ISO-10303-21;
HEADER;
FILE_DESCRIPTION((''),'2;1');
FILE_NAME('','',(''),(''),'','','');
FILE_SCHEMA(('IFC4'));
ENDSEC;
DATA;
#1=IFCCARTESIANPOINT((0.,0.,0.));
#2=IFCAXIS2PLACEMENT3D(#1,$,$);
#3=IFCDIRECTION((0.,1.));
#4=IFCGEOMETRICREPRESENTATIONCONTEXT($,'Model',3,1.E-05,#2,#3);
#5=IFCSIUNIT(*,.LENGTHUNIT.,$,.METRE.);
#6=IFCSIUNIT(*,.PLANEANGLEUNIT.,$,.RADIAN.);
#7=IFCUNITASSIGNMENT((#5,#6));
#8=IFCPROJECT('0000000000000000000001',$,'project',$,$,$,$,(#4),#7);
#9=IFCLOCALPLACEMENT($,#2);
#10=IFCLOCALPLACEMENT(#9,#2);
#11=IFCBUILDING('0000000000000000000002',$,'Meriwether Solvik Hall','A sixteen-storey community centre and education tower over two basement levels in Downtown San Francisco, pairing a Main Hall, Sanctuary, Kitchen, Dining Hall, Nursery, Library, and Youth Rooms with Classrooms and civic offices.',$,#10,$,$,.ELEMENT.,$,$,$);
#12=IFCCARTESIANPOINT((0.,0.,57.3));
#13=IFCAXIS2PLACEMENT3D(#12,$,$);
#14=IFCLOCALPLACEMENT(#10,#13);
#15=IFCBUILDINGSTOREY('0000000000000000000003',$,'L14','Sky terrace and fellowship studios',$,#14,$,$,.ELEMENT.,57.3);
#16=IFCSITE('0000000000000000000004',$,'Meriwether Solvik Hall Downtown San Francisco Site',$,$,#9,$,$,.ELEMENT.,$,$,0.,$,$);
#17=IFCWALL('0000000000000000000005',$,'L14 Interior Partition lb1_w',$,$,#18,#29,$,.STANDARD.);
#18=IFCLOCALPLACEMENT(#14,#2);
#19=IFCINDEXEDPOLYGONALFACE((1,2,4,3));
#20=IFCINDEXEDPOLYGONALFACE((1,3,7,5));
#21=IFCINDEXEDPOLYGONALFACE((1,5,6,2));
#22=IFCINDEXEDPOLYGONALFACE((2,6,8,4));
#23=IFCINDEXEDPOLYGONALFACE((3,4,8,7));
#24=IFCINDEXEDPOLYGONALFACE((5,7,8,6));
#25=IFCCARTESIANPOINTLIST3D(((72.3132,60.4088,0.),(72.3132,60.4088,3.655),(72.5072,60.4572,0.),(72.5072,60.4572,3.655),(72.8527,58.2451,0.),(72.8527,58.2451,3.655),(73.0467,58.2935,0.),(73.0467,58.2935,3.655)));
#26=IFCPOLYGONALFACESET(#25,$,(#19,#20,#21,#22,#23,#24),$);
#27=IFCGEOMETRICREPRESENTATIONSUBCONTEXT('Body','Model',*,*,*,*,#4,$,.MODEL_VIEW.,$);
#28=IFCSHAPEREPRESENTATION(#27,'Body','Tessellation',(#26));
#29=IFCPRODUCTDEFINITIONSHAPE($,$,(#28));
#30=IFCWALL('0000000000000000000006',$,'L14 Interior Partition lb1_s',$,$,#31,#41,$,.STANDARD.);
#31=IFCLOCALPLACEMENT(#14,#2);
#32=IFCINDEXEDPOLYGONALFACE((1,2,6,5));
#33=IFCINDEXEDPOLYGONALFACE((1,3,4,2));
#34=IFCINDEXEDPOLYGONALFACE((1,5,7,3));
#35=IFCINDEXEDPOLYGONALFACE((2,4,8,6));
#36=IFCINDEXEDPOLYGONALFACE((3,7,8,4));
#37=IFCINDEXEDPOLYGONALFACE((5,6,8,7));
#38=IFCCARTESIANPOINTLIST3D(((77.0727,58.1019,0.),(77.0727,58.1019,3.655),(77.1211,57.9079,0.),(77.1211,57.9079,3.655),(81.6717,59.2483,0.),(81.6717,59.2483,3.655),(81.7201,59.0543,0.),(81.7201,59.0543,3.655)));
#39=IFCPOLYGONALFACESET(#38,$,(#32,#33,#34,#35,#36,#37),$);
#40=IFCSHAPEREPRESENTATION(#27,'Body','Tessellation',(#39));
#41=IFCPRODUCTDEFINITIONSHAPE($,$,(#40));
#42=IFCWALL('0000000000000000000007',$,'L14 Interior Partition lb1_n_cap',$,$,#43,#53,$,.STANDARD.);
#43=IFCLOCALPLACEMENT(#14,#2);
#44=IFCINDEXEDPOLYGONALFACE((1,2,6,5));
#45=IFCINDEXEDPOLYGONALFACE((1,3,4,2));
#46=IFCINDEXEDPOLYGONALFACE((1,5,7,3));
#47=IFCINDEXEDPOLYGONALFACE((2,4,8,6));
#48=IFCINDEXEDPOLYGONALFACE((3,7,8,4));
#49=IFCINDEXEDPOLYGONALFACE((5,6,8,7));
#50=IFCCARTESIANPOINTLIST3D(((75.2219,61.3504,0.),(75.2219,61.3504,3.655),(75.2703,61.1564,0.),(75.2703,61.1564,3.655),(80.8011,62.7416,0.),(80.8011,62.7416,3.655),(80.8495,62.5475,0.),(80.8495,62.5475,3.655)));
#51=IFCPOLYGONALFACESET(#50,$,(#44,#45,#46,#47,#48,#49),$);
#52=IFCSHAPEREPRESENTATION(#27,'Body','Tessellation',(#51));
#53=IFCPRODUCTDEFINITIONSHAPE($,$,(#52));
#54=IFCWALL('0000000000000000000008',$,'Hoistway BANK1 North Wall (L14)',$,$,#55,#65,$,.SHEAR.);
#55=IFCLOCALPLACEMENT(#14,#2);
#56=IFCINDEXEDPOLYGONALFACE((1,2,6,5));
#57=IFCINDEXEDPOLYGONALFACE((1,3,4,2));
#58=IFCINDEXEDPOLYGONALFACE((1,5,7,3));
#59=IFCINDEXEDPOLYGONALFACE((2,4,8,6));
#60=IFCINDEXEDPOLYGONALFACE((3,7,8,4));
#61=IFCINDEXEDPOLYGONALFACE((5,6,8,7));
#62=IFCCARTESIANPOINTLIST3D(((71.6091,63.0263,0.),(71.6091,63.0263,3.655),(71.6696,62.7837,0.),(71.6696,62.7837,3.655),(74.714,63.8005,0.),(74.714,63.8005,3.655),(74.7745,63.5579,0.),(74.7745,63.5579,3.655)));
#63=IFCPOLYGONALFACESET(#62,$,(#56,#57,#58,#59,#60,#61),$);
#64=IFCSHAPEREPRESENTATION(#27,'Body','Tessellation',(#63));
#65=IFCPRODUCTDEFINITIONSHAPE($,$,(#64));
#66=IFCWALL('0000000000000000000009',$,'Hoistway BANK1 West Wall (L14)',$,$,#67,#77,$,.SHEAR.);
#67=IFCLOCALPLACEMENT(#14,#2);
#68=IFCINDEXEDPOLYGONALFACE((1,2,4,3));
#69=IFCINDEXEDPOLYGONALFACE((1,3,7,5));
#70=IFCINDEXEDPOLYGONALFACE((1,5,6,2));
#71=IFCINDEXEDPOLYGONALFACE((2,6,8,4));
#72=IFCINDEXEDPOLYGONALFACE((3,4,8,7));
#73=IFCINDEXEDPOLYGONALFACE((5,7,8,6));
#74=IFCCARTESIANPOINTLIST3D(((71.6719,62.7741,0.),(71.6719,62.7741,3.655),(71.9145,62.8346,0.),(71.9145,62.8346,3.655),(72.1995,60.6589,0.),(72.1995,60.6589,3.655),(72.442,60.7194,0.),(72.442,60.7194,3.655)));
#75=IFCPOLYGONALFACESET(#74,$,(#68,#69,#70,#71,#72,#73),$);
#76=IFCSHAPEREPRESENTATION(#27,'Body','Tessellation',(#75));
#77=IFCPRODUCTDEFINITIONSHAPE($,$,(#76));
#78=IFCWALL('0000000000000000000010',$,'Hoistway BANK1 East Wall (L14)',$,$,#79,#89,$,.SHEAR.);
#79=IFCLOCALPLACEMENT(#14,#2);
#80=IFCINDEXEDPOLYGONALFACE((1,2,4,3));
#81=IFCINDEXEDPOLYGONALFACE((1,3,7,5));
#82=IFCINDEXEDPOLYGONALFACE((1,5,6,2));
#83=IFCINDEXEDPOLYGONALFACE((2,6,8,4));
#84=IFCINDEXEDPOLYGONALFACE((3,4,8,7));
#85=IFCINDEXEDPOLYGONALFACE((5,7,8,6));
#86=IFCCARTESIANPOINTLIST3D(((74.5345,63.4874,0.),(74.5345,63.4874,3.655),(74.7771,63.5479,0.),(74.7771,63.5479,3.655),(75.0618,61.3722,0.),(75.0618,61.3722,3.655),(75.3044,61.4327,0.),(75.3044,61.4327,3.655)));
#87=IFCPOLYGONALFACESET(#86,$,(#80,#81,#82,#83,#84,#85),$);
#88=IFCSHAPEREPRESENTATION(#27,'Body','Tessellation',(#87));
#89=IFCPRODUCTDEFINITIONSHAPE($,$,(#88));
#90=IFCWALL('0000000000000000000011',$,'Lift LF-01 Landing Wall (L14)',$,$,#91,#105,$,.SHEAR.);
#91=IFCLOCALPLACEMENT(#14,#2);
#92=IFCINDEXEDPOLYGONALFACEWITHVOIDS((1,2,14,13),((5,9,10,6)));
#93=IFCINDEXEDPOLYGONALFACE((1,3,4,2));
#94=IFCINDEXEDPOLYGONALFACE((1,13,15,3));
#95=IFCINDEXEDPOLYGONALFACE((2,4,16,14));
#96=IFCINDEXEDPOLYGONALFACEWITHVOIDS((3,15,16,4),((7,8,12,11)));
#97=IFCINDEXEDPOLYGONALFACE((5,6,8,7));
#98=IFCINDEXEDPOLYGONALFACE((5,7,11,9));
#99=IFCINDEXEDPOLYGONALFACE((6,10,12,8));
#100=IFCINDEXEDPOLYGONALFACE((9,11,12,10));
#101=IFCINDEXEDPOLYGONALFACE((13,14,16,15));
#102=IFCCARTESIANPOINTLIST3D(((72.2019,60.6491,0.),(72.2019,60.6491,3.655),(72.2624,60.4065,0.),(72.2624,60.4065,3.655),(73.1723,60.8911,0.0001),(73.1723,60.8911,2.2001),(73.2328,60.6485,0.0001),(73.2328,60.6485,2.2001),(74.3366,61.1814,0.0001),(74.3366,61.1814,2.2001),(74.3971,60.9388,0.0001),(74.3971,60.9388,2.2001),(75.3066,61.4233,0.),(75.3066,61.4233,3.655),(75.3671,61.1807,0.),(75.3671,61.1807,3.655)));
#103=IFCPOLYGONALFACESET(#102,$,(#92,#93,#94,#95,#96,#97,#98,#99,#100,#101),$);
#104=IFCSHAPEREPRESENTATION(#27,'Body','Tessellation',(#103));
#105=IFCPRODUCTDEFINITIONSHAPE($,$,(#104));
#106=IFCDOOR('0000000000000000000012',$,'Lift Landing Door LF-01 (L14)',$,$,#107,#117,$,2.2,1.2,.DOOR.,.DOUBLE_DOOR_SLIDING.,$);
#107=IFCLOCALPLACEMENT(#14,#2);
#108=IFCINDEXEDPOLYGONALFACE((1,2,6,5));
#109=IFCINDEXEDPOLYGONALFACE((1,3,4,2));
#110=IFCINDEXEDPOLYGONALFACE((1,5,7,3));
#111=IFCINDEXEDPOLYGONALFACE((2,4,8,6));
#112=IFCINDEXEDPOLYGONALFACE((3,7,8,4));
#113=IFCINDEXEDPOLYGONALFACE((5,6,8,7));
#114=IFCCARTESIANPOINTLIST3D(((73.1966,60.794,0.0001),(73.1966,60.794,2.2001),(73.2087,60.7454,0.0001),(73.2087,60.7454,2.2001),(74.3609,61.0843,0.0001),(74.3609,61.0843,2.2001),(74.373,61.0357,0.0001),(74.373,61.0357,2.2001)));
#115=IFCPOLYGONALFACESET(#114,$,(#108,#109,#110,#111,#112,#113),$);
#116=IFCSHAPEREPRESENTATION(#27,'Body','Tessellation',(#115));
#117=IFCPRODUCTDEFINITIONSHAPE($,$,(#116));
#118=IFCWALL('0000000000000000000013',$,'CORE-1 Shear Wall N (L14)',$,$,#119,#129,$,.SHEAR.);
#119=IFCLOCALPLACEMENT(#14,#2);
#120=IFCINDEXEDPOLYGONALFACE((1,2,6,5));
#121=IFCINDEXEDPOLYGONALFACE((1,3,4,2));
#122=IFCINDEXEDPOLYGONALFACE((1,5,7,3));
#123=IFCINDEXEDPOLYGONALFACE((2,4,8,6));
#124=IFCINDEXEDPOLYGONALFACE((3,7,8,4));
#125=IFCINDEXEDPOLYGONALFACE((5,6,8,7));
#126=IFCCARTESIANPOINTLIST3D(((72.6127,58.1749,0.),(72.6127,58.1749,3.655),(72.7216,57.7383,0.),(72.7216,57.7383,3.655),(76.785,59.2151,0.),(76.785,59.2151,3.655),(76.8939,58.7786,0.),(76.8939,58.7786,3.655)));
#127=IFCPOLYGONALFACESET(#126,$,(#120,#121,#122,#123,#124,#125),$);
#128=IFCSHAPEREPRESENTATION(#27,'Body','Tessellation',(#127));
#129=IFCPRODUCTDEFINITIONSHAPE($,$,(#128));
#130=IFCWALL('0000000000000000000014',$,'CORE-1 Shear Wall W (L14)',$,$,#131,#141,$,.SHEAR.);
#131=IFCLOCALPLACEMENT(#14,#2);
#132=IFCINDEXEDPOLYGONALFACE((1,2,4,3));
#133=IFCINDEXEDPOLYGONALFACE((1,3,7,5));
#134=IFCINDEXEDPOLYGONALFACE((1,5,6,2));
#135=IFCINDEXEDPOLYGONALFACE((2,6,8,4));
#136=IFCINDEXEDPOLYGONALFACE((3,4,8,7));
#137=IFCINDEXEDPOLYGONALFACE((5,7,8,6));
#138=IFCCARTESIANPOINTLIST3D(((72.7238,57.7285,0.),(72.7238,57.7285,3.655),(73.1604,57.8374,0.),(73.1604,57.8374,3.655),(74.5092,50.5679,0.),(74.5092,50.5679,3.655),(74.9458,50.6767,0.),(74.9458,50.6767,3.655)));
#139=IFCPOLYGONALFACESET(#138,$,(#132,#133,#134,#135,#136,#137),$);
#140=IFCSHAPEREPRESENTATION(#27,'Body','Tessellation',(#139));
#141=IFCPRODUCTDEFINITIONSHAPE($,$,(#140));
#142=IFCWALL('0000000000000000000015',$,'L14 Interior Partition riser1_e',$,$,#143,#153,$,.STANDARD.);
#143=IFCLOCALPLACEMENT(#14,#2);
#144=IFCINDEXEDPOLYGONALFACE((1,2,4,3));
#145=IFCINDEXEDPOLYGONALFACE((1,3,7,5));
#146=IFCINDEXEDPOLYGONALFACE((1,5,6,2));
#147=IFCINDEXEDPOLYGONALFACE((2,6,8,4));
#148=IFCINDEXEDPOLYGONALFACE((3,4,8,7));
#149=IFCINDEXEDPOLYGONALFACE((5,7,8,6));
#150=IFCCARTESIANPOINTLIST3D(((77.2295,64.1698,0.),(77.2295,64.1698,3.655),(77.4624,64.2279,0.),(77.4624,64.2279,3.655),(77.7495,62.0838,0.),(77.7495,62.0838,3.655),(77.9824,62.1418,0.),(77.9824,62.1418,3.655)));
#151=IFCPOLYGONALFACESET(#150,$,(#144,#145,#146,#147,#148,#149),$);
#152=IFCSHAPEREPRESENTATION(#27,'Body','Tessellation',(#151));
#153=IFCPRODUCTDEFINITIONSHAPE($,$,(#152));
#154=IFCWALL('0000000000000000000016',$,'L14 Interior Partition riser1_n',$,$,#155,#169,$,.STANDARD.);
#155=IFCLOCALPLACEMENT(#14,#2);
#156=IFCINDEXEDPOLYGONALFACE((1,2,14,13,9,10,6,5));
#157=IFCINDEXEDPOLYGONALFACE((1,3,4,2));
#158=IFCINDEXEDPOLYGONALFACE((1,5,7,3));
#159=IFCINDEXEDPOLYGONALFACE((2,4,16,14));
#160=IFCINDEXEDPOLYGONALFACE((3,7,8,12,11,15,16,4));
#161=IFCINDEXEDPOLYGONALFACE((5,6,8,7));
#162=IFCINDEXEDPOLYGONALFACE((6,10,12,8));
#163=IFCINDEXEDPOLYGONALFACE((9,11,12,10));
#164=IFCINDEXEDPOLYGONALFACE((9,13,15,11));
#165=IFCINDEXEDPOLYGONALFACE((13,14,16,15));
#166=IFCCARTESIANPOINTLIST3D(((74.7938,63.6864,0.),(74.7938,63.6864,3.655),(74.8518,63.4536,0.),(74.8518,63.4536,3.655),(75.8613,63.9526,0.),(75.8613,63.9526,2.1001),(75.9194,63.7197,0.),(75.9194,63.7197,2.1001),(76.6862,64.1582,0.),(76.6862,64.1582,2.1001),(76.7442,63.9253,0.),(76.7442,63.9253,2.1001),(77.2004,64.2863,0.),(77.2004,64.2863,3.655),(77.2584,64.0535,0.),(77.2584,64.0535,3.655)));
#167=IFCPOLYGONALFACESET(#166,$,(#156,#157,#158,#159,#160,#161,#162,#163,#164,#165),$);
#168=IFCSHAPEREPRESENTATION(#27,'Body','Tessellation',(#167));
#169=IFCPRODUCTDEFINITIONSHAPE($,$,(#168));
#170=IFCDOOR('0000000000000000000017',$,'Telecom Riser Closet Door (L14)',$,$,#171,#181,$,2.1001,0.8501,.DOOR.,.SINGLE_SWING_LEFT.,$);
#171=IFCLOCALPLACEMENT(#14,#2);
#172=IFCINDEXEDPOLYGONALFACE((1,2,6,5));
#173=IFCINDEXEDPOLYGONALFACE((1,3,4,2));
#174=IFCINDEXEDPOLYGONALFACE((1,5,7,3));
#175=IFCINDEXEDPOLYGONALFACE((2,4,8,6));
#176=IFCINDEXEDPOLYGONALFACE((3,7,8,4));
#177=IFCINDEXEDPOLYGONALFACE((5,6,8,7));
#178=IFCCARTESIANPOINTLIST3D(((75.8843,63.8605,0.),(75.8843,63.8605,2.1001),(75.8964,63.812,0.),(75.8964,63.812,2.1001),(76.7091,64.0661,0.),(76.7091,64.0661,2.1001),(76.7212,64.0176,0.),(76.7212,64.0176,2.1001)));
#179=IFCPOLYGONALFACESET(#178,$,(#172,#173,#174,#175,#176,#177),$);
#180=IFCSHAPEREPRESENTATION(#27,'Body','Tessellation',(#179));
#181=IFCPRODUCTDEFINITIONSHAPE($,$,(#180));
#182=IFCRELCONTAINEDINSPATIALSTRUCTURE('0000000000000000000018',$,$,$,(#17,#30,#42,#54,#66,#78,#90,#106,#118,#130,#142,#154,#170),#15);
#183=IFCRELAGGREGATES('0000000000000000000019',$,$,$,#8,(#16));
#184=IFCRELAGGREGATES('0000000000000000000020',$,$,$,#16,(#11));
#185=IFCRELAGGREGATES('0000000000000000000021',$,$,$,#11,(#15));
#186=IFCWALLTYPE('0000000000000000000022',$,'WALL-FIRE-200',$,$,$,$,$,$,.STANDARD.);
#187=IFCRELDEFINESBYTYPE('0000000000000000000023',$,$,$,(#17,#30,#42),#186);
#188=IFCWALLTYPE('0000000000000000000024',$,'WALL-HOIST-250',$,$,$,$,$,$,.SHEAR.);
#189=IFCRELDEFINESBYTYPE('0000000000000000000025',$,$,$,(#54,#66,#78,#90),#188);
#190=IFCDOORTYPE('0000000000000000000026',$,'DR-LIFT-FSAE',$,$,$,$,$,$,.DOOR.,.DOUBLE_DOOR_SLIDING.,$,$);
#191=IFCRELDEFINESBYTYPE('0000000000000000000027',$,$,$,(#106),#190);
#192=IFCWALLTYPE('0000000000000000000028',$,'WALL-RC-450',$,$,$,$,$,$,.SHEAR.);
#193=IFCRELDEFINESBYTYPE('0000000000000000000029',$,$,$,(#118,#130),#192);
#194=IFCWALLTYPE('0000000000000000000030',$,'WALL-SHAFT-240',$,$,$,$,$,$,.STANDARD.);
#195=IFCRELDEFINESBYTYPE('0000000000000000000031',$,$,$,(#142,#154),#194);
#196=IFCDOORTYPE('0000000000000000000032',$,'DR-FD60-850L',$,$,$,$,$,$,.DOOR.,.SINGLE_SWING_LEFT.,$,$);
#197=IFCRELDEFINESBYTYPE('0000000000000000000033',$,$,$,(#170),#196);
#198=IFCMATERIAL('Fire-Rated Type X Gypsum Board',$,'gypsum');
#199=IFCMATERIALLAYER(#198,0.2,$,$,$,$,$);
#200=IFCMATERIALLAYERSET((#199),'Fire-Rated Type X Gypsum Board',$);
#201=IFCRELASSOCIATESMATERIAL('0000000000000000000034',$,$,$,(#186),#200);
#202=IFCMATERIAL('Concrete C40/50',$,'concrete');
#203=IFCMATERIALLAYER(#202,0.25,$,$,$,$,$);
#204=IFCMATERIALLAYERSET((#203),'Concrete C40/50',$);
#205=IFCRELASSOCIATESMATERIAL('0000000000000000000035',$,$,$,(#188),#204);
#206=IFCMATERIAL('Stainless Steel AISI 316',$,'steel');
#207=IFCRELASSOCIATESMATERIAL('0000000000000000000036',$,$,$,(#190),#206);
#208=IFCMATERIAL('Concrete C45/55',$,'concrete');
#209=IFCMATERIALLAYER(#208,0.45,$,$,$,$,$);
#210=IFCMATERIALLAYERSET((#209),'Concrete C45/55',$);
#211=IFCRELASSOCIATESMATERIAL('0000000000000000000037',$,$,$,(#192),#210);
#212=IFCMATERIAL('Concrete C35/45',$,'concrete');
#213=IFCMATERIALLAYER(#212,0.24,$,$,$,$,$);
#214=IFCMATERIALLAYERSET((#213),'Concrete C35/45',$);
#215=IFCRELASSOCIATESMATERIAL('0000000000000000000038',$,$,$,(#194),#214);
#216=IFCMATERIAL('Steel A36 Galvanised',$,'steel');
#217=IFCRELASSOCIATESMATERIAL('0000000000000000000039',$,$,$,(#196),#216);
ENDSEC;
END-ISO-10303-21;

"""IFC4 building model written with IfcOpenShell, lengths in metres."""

from ifc_helpers import new_model, si_unit, direction, frame, frame_2d, origin, place, context, subcontext, project, spatial, rectangle, extrude, material, layer, layer_set, type_object, element, fill, save


model = new_model("IFC4")

# Units and contexts
model_context = context("Model", 3, precision=1e-05, world=origin(), true_north=direction((0.0, 1.0)))
body_context = subcontext(model_context, "Body", "Model", "MODEL_VIEW")
ifc_project = project(units=[si_unit("LENGTHUNIT", "METRE"), si_unit("PLANEANGLEUNIT", "RADIAN")], contexts=[model_context])

# Site, building, storey
site_placement = place(None, origin())
site = spatial("IfcSite", under=ifc_project, at=site_placement, Name="Meriwether Solvik Hall Downtown San Francisco Site", CompositionType="ELEMENT", RefElevation=0.0)
building_placement = place(site_placement, origin())
building = spatial("IfcBuilding", under=site, at=building_placement, Name="Meriwether Solvik Hall", Description="A sixteen-storey community centre and education tower over two basement levels in Downtown San Francisco, pairing a Main Hall, Sanctuary, Kitchen, Dining Hall, Nursery, Library, and Youth Rooms with Classrooms and civic offices.", CompositionType="ELEMENT")
storey_placement = place(building_placement, frame((0.0, 0.0, 57.3)))
storey = spatial("IfcBuildingStorey", under=building, at=storey_placement, Name="L14", Description="Sky terrace and fellowship studios", CompositionType="ELEMENT", Elevation=57.3)

# Walls
ifc_material_1 = material(Name="Fire-Rated Type X Gypsum Board", Category="gypsum")
ifc_layer_1 = layer(ifc_material_1, 0.2)
ifc_layer_set_1 = layer_set([ifc_layer_1], Name="Fire-Rated Type X Gypsum Board")
wall_type_1 = type_object("IfcWallType", Name="WALL-FIRE-200", PredefinedType="STANDARD", material=ifc_layer_set_1)
wall_1_placement = place(storey_placement, frame((72.9497, 58.2693, 0.0), z_axis=(0.0, 0.0, 1.0), x_axis=(-0.241943, 0.97029, 0.0)))
element("IfcWall", 1, at=wall_1_placement, inside=storey, type_object=wall_type_1, Name="L14 Interior Partition lb1_w", PredefinedType="STANDARD", context=body_context, shape_type="SweptSolid", body=[
    extrude(rectangle(XDim=2.23, YDim=0.2, at=frame_2d((1.115, 0.0))), origin(), (0.0, 0.0, 1.0), 3.655),
])
wall_2_placement = place(storey_placement, frame((77.0969, 58.0049, 0.0), z_axis=(0.0, 0.0, 1.0), x_axis=(0.970306, 0.241881, 0.0)))
element("IfcWall", 2, at=wall_2_placement, inside=storey, type_object=wall_type_1, Name="L14 Interior Partition lb1_s", PredefinedType="STANDARD", context=body_context, shape_type="SweptSolid", body=[
    extrude(rectangle(XDim=4.7397, YDim=0.2, at=frame_2d((2.3699, 0.0))), origin(), (0.0, 0.0, 1.0), 3.655),
])
wall_3_placement = place(storey_placement, frame((75.2461, 61.2534, 0.0), z_axis=(0.0, 0.0, 1.0), x_axis=(0.970292, 0.241936, 0.0)))
element("IfcWall", 3, at=wall_3_placement, inside=storey, type_object=wall_type_1, Name="L14 Interior Partition lb1_n_cap", PredefinedType="STANDARD", context=body_context, shape_type="SweptSolid", body=[
    extrude(rectangle(XDim=5.75, YDim=0.2, at=frame_2d((2.875, 0.0))), origin(), (0.0, 0.0, 1.0), 3.655),
])
ifc_material_2 = material(Name="Concrete C40/50", Category="concrete")
ifc_layer_2 = layer(ifc_material_2, 0.25)
ifc_layer_set_2 = layer_set([ifc_layer_2], Name="Concrete C40/50")
wall_type_2 = type_object("IfcWallType", Name="WALL-HOIST-250", PredefinedType="SHEAR", material=ifc_layer_set_2)
wall_4_placement = place(storey_placement, frame((74.7444, 63.6792, 0.0), z_axis=(0.0, 0.0, 1.0), x_axis=(-0.970295, -0.241925, 0.0)))
element("IfcWall", 4, at=wall_4_placement, inside=storey, type_object=wall_type_2, Name="Hoistway BANK1 North Wall (L14)", PredefinedType="SHEAR", context=body_context, shape_type="SweptSolid", body=[
    extrude(rectangle(XDim=3.2, YDim=0.25, at=frame_2d((1.6001, 0.0))), origin(), (0.0, 0.0, 1.0), 3.655),
])
for number, where, z_axis, x_axis, name in (
    (5, (71.7932, 62.8042, 0.0), (0.0, 0.0, 1.0), (0.242009, -0.970274, 0.0), "Hoistway BANK1 West Wall (L14)"),
    (6, (75.1831, 61.4026, 0.0), (0.0, 0.0, 1.0), (-0.241903, 0.9703, 0.0), "Hoistway BANK1 East Wall (L14)"),
):
    element("IfcWall", number, at=place(storey_placement, frame(where, z_axis=z_axis, x_axis=x_axis)), inside=storey, type_object=wall_type_2, Name=name, PredefinedType="SHEAR", context=body_context, shape_type="SweptSolid", body=[
        extrude(rectangle(XDim=2.1799, YDim=0.25, at=frame_2d((1.0898, 0.0))), origin(), (0.0, 0.0, 1.0), 3.655),
    ])

# Wall, opening, door
wall_5_placement = place(storey_placement, frame((72.2322, 60.5278, 0.0), z_axis=(0.0, 0.0, 1.0), x_axis=(0.97029, 0.241943, 0.0)))
wall_5 = element("IfcWall", 7, at=wall_5_placement, inside=storey, type_object=wall_type_2, Name="Lift LF-01 Landing Wall (L14)", PredefinedType="SHEAR", context=body_context, shape_type="SweptSolid", body=[
    extrude(rectangle(XDim=3.1997, YDim=0.25, at=frame_2d((1.5999, 0.0))), origin(), (0.0, 0.0, 1.0), 3.655),
])
opening_1_placement = place(wall_5_placement, frame((1.0, 0.0, 0.0)))
opening_1 = element("IfcOpeningElement", 8, at=opening_1_placement, cuts=wall_5, PredefinedType="OPENING", context=body_context, shape_type="SweptSolid", body=[
    extrude(rectangle(XDim=1.2, YDim=2.2, at=frame_2d((0.6001, 1.1001))), frame((0.0, 0.137, 0.0), z_axis=(0.0, -1.0, 0.0), x_axis=(1.0, 0.0, 0.0)), (0.0, 0.0, 1.0), 0.2739),
])
ifc_material_3 = material(Name="Stainless Steel AISI 316", Category="steel")
door_type_1 = type_object("IfcDoorType", Name="DR-LIFT-FSAE", OperationType="DOUBLE_DOOR_SLIDING", PredefinedType="DOOR", material=ifc_material_3)
door_1_placement = place(opening_1_placement, origin())
door_1 = element("IfcDoor", 9, at=door_1_placement, inside=storey, type_object=door_type_1, Name="Lift Landing Door LF-01 (L14)", OperationType="DOUBLE_DOOR_SLIDING", OverallHeight=2.2, OverallWidth=1.2, PredefinedType="DOOR", context=body_context, shape_type="SweptSolid", body=[
    extrude(rectangle(XDim=1.2, YDim=2.2, at=frame_2d((0.6001, 1.1001))), frame((0.0, 0.0249, 0.0), z_axis=(0.0, -1.0, 0.0), x_axis=(1.0, 0.0, 0.0)), (0.0, 0.0, 1.0), 0.05),
])
fill(opening_1, door_1)

# Walls
ifc_material_4 = material(Name="Concrete C45/55", Category="concrete")
ifc_layer_3 = layer(ifc_material_4, 0.45)
ifc_layer_set_3 = layer_set([ifc_layer_3], Name="Concrete C45/55")
wall_type_3 = type_object("IfcWallType", Name="WALL-RC-450", PredefinedType="SHEAR", material=ifc_layer_set_3)
wall_6_placement = place(storey_placement, frame((76.8394, 58.9968, 0.0), z_axis=(0.0, 0.0, 1.0), x_axis=(-0.970296, -0.241921, 0.0)))
element("IfcWall", 10, at=wall_6_placement, inside=storey, type_object=wall_type_3, Name="CORE-1 Shear Wall N (L14)", PredefinedType="SHEAR", context=body_context, shape_type="SweptSolid", body=[
    extrude(rectangle(XDim=4.3, YDim=0.45, at=frame_2d((2.1499, 0.0))), origin(), (0.0, 0.0, 1.0), 3.655),
])
wall_7_placement = place(storey_placement, frame((72.9421, 57.783, 0.0), z_axis=(0.0, 0.0, 1.0), x_axis=(0.241928, -0.970294, 0.0)))
element("IfcWall", 11, at=wall_7_placement, inside=storey, type_object=wall_type_3, Name="CORE-1 Shear Wall W (L14)", PredefinedType="SHEAR", context=body_context, shape_type="SweptSolid", body=[
    extrude(rectangle(XDim=7.3799, YDim=0.45, at=frame_2d((3.6899, 0.0))), origin(), (0.0, 0.0, 1.0), 3.655),
])
ifc_material_5 = material(Name="Concrete C35/45", Category="concrete")
ifc_layer_4 = layer(ifc_material_5, 0.24)
ifc_layer_set_4 = layer_set([ifc_layer_4], Name="Concrete C35/45")
wall_type_4 = type_object("IfcWallType", Name="WALL-SHAFT-240", PredefinedType="STANDARD", material=ifc_layer_set_4)
wall_8_placement = place(storey_placement, frame((77.866, 62.1128, 0.0), z_axis=(0.0, 0.0, 1.0), x_axis=(-0.241868, 0.970309, 0.0)))
element("IfcWall", 12, at=wall_8_placement, inside=storey, type_object=wall_type_4, Name="L14 Interior Partition riser1_e", PredefinedType="STANDARD", context=body_context, shape_type="SweptSolid", body=[
    extrude(rectangle(XDim=2.1499, YDim=0.24, at=frame_2d((1.075, 0.0))), origin(), (0.0, 0.0, 1.0), 3.655),
])

# Wall, opening, door
wall_9_placement = place(storey_placement, frame((77.2295, 64.1699, 0.0), z_axis=(0.0, 0.0, 1.0), x_axis=(-0.97031, -0.241864, 0.0)))
wall_9 = element("IfcWall", 13, at=wall_9_placement, inside=storey, type_object=wall_type_4, Name="L14 Interior Partition riser1_n", PredefinedType="STANDARD", context=body_context, shape_type="SweptSolid", body=[
    extrude(rectangle(XDim=2.4802, YDim=0.24, at=frame_2d((1.2402, 0.0))), origin(), (0.0, 0.0, 1.0), 3.655),
])
opening_2_placement = place(wall_9_placement, frame((0.53, 0.0, 0.0)))
opening_2 = element("IfcOpeningElement", 14, at=opening_2_placement, cuts=wall_9, PredefinedType="OPENING", context=body_context, shape_type="SweptSolid", body=[
    extrude(rectangle(XDim=0.8501, YDim=2.1001, at=frame_2d((0.425, 1.05))), frame((0.0, 0.1318, 0.0), z_axis=(0.0, -1.0, 0.0), x_axis=(1.0, 0.0, 0.0)), (0.0, 0.0, 1.0), 0.2639),
])
ifc_material_6 = material(Name="Steel A36 Galvanised", Category="steel")
door_type_2 = type_object("IfcDoorType", Name="DR-FD60-850L", OperationType="SINGLE_SWING_LEFT", PredefinedType="DOOR", material=ifc_material_6)
door_2_placement = place(opening_2_placement, origin())
door_2 = element("IfcDoor", 15, at=door_2_placement, inside=storey, type_object=door_type_2, Name="Telecom Riser Closet Door (L14)", OperationType="SINGLE_SWING_LEFT", OverallHeight=2.1001, OverallWidth=0.8501, PredefinedType="DOOR", context=body_context, shape_type="SweptSolid", body=[
    extrude(rectangle(XDim=0.8501, YDim=2.1001, at=frame_2d((0.425, 1.05))), frame((0.0, 0.0249, 0.0), z_axis=(0.0, -1.0, 0.0), x_axis=(1.0, 0.0, 0.0)), (0.0, 0.0, 1.0), 0.05),
])
fill(opening_2, door_2)

save(model, "model.ifc")
